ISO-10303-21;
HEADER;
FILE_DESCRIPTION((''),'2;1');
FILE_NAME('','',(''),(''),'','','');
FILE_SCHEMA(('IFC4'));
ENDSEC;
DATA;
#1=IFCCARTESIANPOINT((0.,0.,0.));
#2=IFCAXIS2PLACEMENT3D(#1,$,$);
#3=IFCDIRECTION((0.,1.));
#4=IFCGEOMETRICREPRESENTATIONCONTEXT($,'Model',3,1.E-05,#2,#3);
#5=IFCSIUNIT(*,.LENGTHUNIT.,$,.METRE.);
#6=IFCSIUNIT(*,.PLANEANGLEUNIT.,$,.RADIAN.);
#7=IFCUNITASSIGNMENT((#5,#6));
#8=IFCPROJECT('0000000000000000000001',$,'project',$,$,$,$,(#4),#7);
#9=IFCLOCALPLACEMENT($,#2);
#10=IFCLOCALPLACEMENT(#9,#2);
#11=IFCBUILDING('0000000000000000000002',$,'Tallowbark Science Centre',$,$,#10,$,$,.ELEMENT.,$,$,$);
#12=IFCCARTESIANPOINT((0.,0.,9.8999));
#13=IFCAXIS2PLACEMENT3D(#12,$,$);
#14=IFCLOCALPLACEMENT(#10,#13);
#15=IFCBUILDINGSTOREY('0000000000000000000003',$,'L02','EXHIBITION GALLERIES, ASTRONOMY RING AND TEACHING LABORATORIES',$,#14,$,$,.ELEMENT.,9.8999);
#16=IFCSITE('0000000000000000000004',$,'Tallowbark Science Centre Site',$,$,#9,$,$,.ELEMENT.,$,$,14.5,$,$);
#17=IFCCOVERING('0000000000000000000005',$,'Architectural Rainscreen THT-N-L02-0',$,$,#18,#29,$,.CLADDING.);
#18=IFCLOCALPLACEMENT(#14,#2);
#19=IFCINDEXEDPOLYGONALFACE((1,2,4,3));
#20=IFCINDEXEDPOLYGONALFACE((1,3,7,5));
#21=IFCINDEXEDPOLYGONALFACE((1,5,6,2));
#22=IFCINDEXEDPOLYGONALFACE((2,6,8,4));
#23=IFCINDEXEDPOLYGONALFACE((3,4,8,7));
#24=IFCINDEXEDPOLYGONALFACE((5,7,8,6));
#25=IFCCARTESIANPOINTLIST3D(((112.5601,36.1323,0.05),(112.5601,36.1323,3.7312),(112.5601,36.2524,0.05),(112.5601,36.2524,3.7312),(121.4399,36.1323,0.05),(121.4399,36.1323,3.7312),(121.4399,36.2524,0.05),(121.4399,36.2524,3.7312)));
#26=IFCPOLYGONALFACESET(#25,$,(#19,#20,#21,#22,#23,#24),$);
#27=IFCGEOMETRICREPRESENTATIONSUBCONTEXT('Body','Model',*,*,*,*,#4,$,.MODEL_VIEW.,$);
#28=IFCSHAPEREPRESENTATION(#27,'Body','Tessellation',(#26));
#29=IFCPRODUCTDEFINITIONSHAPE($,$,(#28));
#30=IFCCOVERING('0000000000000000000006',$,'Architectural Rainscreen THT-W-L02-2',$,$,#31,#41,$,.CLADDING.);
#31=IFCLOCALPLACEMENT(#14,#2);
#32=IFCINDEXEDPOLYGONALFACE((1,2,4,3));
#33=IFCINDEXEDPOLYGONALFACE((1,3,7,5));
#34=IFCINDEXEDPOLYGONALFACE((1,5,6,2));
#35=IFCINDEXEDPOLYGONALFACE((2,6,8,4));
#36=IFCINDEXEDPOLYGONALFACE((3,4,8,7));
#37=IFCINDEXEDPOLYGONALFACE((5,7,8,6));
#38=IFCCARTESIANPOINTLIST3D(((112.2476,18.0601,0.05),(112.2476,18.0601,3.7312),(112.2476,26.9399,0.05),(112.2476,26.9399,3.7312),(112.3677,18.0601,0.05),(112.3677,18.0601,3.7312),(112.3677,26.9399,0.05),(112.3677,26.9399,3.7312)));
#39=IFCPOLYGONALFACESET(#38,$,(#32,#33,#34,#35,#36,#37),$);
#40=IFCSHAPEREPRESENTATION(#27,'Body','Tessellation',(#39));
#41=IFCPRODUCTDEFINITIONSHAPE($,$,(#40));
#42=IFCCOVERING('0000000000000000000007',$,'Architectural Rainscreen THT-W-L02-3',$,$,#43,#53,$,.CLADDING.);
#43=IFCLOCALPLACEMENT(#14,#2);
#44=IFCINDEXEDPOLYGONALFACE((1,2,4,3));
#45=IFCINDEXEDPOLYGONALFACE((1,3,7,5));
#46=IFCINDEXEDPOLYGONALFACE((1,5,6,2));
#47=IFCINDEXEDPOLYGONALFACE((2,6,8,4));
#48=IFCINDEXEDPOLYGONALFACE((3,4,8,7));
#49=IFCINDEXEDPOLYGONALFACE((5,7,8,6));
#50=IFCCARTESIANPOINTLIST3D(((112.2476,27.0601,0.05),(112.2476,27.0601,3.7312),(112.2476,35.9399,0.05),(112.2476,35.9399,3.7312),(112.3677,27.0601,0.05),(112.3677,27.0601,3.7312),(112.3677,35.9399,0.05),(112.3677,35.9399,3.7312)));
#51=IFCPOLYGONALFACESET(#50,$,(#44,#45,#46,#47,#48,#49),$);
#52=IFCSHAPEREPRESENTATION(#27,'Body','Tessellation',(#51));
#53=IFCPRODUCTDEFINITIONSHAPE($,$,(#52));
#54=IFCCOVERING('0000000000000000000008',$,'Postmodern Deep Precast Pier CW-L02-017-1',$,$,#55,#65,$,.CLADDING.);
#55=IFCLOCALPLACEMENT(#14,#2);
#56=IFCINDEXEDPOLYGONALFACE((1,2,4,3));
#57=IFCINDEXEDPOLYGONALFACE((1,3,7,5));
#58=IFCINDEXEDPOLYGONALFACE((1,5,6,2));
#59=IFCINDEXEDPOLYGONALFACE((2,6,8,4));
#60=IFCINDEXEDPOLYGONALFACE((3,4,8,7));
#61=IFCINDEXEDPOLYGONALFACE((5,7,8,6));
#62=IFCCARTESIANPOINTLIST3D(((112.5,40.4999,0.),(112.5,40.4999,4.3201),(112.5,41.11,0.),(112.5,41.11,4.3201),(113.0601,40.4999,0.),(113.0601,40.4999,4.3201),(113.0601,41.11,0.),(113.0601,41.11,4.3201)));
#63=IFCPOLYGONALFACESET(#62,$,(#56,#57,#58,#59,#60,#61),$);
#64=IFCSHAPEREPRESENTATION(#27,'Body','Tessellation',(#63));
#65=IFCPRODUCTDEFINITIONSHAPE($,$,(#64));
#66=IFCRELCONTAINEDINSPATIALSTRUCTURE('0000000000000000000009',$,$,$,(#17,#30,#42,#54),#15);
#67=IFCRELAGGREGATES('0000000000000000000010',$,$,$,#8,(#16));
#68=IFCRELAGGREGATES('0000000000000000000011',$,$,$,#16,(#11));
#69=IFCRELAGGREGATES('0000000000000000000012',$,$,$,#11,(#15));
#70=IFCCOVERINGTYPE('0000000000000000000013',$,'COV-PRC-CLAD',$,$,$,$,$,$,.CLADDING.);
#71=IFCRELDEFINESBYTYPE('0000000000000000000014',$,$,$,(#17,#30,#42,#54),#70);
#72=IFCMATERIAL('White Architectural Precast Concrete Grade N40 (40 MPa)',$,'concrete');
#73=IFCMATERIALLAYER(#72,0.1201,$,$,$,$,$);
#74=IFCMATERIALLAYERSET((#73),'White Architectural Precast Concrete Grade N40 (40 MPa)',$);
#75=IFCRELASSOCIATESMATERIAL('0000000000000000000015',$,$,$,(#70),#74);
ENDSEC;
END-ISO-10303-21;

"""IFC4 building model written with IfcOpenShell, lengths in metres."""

from ifc_helpers import new_model, si_unit, direction, frame, origin, origin_2d, place, context, subcontext, project, spatial, rectangle, extrude, material, layer, layer_set, type_object, element, save


model = new_model("IFC4")

# Units and contexts
model_context = context("Model", 3, precision=1e-05, world=origin(), true_north=direction((0.0, 1.0)))
body_context = subcontext(model_context, "Body", "Model", "MODEL_VIEW")
ifc_project = project(units=[si_unit("LENGTHUNIT", "METRE"), si_unit("PLANEANGLEUNIT", "RADIAN")], contexts=[model_context])

# Site, building, storey
site_placement = place(None, origin())
site = spatial("IfcSite", under=ifc_project, at=site_placement, Name="Tallowbark Science Centre Site", CompositionType="ELEMENT", RefElevation=14.5)
building_placement = place(site_placement, origin())
building = spatial("IfcBuilding", under=site, at=building_placement, Name="Tallowbark Science Centre", CompositionType="ELEMENT")
storey_placement = place(building_placement, frame((0.0, 0.0, 9.8999)))
storey = spatial("IfcBuildingStorey", under=building, at=storey_placement, Name="L02", Description="EXHIBITION GALLERIES, ASTRONOMY RING AND TEACHING LABORATORIES", CompositionType="ELEMENT", Elevation=9.8999)

# Coverings
ifc_material_1 = material(Name="White Architectural Precast Concrete Grade N40 (40 MPa)", Category="concrete")
ifc_layer_1 = layer(ifc_material_1, 0.1201)
ifc_layer_set_1 = layer_set([ifc_layer_1], Name="White Architectural Precast Concrete Grade N40 (40 MPa)")
covering_type = type_object("IfcCoveringType", Name="COV-PRC-CLAD", PredefinedType="CLADDING", material=ifc_layer_set_1)
for number, where, z_axis, x_axis, name in (
    (1, (117.0, 36.1924, 0.05), (0.0, 0.0, 1.0), (-1.0, 0.0, 0.0), "Architectural Rainscreen THT-N-L02-0"),
    (2, (112.3076, 22.5, 0.05), (0.0, 0.0, 1.0), (0.0, -1.0, 0.0), "Architectural Rainscreen THT-W-L02-2"),
    (3, (112.3076, 31.5, 0.05), (0.0, 0.0, 1.0), (0.0, -1.0, 0.0), "Architectural Rainscreen THT-W-L02-3"),
):
    element("IfcCovering", number, at=place(storey_placement, frame(where, z_axis=z_axis, x_axis=x_axis)), inside=storey, type_object=covering_type, Name=name, PredefinedType="CLADDING", context=body_context, shape_type="SweptSolid", body=[
        extrude(rectangle(XDim=8.8799, YDim=0.1201, at=origin_2d()), origin(), (0.0, 0.0, 1.0), 3.6812),
    ])
covering_placement = place(storey_placement, frame((112.78, 40.8049, 0.0), z_axis=(0.0, 0.0, 1.0), x_axis=(0.0, 1.0, 0.0)))
element("IfcCovering", 4, at=covering_placement, inside=storey, type_object=covering_type, Name="Postmodern Deep Precast Pier CW-L02-017-1", PredefinedType="CLADDING", context=body_context, shape_type="SweptSolid", body=[
    extrude(rectangle(XDim=0.6101, YDim=0.5601, at=origin_2d()), origin(), (0.0, 0.0, 1.0), 4.3201),
])

save(model, "model.ifc")
